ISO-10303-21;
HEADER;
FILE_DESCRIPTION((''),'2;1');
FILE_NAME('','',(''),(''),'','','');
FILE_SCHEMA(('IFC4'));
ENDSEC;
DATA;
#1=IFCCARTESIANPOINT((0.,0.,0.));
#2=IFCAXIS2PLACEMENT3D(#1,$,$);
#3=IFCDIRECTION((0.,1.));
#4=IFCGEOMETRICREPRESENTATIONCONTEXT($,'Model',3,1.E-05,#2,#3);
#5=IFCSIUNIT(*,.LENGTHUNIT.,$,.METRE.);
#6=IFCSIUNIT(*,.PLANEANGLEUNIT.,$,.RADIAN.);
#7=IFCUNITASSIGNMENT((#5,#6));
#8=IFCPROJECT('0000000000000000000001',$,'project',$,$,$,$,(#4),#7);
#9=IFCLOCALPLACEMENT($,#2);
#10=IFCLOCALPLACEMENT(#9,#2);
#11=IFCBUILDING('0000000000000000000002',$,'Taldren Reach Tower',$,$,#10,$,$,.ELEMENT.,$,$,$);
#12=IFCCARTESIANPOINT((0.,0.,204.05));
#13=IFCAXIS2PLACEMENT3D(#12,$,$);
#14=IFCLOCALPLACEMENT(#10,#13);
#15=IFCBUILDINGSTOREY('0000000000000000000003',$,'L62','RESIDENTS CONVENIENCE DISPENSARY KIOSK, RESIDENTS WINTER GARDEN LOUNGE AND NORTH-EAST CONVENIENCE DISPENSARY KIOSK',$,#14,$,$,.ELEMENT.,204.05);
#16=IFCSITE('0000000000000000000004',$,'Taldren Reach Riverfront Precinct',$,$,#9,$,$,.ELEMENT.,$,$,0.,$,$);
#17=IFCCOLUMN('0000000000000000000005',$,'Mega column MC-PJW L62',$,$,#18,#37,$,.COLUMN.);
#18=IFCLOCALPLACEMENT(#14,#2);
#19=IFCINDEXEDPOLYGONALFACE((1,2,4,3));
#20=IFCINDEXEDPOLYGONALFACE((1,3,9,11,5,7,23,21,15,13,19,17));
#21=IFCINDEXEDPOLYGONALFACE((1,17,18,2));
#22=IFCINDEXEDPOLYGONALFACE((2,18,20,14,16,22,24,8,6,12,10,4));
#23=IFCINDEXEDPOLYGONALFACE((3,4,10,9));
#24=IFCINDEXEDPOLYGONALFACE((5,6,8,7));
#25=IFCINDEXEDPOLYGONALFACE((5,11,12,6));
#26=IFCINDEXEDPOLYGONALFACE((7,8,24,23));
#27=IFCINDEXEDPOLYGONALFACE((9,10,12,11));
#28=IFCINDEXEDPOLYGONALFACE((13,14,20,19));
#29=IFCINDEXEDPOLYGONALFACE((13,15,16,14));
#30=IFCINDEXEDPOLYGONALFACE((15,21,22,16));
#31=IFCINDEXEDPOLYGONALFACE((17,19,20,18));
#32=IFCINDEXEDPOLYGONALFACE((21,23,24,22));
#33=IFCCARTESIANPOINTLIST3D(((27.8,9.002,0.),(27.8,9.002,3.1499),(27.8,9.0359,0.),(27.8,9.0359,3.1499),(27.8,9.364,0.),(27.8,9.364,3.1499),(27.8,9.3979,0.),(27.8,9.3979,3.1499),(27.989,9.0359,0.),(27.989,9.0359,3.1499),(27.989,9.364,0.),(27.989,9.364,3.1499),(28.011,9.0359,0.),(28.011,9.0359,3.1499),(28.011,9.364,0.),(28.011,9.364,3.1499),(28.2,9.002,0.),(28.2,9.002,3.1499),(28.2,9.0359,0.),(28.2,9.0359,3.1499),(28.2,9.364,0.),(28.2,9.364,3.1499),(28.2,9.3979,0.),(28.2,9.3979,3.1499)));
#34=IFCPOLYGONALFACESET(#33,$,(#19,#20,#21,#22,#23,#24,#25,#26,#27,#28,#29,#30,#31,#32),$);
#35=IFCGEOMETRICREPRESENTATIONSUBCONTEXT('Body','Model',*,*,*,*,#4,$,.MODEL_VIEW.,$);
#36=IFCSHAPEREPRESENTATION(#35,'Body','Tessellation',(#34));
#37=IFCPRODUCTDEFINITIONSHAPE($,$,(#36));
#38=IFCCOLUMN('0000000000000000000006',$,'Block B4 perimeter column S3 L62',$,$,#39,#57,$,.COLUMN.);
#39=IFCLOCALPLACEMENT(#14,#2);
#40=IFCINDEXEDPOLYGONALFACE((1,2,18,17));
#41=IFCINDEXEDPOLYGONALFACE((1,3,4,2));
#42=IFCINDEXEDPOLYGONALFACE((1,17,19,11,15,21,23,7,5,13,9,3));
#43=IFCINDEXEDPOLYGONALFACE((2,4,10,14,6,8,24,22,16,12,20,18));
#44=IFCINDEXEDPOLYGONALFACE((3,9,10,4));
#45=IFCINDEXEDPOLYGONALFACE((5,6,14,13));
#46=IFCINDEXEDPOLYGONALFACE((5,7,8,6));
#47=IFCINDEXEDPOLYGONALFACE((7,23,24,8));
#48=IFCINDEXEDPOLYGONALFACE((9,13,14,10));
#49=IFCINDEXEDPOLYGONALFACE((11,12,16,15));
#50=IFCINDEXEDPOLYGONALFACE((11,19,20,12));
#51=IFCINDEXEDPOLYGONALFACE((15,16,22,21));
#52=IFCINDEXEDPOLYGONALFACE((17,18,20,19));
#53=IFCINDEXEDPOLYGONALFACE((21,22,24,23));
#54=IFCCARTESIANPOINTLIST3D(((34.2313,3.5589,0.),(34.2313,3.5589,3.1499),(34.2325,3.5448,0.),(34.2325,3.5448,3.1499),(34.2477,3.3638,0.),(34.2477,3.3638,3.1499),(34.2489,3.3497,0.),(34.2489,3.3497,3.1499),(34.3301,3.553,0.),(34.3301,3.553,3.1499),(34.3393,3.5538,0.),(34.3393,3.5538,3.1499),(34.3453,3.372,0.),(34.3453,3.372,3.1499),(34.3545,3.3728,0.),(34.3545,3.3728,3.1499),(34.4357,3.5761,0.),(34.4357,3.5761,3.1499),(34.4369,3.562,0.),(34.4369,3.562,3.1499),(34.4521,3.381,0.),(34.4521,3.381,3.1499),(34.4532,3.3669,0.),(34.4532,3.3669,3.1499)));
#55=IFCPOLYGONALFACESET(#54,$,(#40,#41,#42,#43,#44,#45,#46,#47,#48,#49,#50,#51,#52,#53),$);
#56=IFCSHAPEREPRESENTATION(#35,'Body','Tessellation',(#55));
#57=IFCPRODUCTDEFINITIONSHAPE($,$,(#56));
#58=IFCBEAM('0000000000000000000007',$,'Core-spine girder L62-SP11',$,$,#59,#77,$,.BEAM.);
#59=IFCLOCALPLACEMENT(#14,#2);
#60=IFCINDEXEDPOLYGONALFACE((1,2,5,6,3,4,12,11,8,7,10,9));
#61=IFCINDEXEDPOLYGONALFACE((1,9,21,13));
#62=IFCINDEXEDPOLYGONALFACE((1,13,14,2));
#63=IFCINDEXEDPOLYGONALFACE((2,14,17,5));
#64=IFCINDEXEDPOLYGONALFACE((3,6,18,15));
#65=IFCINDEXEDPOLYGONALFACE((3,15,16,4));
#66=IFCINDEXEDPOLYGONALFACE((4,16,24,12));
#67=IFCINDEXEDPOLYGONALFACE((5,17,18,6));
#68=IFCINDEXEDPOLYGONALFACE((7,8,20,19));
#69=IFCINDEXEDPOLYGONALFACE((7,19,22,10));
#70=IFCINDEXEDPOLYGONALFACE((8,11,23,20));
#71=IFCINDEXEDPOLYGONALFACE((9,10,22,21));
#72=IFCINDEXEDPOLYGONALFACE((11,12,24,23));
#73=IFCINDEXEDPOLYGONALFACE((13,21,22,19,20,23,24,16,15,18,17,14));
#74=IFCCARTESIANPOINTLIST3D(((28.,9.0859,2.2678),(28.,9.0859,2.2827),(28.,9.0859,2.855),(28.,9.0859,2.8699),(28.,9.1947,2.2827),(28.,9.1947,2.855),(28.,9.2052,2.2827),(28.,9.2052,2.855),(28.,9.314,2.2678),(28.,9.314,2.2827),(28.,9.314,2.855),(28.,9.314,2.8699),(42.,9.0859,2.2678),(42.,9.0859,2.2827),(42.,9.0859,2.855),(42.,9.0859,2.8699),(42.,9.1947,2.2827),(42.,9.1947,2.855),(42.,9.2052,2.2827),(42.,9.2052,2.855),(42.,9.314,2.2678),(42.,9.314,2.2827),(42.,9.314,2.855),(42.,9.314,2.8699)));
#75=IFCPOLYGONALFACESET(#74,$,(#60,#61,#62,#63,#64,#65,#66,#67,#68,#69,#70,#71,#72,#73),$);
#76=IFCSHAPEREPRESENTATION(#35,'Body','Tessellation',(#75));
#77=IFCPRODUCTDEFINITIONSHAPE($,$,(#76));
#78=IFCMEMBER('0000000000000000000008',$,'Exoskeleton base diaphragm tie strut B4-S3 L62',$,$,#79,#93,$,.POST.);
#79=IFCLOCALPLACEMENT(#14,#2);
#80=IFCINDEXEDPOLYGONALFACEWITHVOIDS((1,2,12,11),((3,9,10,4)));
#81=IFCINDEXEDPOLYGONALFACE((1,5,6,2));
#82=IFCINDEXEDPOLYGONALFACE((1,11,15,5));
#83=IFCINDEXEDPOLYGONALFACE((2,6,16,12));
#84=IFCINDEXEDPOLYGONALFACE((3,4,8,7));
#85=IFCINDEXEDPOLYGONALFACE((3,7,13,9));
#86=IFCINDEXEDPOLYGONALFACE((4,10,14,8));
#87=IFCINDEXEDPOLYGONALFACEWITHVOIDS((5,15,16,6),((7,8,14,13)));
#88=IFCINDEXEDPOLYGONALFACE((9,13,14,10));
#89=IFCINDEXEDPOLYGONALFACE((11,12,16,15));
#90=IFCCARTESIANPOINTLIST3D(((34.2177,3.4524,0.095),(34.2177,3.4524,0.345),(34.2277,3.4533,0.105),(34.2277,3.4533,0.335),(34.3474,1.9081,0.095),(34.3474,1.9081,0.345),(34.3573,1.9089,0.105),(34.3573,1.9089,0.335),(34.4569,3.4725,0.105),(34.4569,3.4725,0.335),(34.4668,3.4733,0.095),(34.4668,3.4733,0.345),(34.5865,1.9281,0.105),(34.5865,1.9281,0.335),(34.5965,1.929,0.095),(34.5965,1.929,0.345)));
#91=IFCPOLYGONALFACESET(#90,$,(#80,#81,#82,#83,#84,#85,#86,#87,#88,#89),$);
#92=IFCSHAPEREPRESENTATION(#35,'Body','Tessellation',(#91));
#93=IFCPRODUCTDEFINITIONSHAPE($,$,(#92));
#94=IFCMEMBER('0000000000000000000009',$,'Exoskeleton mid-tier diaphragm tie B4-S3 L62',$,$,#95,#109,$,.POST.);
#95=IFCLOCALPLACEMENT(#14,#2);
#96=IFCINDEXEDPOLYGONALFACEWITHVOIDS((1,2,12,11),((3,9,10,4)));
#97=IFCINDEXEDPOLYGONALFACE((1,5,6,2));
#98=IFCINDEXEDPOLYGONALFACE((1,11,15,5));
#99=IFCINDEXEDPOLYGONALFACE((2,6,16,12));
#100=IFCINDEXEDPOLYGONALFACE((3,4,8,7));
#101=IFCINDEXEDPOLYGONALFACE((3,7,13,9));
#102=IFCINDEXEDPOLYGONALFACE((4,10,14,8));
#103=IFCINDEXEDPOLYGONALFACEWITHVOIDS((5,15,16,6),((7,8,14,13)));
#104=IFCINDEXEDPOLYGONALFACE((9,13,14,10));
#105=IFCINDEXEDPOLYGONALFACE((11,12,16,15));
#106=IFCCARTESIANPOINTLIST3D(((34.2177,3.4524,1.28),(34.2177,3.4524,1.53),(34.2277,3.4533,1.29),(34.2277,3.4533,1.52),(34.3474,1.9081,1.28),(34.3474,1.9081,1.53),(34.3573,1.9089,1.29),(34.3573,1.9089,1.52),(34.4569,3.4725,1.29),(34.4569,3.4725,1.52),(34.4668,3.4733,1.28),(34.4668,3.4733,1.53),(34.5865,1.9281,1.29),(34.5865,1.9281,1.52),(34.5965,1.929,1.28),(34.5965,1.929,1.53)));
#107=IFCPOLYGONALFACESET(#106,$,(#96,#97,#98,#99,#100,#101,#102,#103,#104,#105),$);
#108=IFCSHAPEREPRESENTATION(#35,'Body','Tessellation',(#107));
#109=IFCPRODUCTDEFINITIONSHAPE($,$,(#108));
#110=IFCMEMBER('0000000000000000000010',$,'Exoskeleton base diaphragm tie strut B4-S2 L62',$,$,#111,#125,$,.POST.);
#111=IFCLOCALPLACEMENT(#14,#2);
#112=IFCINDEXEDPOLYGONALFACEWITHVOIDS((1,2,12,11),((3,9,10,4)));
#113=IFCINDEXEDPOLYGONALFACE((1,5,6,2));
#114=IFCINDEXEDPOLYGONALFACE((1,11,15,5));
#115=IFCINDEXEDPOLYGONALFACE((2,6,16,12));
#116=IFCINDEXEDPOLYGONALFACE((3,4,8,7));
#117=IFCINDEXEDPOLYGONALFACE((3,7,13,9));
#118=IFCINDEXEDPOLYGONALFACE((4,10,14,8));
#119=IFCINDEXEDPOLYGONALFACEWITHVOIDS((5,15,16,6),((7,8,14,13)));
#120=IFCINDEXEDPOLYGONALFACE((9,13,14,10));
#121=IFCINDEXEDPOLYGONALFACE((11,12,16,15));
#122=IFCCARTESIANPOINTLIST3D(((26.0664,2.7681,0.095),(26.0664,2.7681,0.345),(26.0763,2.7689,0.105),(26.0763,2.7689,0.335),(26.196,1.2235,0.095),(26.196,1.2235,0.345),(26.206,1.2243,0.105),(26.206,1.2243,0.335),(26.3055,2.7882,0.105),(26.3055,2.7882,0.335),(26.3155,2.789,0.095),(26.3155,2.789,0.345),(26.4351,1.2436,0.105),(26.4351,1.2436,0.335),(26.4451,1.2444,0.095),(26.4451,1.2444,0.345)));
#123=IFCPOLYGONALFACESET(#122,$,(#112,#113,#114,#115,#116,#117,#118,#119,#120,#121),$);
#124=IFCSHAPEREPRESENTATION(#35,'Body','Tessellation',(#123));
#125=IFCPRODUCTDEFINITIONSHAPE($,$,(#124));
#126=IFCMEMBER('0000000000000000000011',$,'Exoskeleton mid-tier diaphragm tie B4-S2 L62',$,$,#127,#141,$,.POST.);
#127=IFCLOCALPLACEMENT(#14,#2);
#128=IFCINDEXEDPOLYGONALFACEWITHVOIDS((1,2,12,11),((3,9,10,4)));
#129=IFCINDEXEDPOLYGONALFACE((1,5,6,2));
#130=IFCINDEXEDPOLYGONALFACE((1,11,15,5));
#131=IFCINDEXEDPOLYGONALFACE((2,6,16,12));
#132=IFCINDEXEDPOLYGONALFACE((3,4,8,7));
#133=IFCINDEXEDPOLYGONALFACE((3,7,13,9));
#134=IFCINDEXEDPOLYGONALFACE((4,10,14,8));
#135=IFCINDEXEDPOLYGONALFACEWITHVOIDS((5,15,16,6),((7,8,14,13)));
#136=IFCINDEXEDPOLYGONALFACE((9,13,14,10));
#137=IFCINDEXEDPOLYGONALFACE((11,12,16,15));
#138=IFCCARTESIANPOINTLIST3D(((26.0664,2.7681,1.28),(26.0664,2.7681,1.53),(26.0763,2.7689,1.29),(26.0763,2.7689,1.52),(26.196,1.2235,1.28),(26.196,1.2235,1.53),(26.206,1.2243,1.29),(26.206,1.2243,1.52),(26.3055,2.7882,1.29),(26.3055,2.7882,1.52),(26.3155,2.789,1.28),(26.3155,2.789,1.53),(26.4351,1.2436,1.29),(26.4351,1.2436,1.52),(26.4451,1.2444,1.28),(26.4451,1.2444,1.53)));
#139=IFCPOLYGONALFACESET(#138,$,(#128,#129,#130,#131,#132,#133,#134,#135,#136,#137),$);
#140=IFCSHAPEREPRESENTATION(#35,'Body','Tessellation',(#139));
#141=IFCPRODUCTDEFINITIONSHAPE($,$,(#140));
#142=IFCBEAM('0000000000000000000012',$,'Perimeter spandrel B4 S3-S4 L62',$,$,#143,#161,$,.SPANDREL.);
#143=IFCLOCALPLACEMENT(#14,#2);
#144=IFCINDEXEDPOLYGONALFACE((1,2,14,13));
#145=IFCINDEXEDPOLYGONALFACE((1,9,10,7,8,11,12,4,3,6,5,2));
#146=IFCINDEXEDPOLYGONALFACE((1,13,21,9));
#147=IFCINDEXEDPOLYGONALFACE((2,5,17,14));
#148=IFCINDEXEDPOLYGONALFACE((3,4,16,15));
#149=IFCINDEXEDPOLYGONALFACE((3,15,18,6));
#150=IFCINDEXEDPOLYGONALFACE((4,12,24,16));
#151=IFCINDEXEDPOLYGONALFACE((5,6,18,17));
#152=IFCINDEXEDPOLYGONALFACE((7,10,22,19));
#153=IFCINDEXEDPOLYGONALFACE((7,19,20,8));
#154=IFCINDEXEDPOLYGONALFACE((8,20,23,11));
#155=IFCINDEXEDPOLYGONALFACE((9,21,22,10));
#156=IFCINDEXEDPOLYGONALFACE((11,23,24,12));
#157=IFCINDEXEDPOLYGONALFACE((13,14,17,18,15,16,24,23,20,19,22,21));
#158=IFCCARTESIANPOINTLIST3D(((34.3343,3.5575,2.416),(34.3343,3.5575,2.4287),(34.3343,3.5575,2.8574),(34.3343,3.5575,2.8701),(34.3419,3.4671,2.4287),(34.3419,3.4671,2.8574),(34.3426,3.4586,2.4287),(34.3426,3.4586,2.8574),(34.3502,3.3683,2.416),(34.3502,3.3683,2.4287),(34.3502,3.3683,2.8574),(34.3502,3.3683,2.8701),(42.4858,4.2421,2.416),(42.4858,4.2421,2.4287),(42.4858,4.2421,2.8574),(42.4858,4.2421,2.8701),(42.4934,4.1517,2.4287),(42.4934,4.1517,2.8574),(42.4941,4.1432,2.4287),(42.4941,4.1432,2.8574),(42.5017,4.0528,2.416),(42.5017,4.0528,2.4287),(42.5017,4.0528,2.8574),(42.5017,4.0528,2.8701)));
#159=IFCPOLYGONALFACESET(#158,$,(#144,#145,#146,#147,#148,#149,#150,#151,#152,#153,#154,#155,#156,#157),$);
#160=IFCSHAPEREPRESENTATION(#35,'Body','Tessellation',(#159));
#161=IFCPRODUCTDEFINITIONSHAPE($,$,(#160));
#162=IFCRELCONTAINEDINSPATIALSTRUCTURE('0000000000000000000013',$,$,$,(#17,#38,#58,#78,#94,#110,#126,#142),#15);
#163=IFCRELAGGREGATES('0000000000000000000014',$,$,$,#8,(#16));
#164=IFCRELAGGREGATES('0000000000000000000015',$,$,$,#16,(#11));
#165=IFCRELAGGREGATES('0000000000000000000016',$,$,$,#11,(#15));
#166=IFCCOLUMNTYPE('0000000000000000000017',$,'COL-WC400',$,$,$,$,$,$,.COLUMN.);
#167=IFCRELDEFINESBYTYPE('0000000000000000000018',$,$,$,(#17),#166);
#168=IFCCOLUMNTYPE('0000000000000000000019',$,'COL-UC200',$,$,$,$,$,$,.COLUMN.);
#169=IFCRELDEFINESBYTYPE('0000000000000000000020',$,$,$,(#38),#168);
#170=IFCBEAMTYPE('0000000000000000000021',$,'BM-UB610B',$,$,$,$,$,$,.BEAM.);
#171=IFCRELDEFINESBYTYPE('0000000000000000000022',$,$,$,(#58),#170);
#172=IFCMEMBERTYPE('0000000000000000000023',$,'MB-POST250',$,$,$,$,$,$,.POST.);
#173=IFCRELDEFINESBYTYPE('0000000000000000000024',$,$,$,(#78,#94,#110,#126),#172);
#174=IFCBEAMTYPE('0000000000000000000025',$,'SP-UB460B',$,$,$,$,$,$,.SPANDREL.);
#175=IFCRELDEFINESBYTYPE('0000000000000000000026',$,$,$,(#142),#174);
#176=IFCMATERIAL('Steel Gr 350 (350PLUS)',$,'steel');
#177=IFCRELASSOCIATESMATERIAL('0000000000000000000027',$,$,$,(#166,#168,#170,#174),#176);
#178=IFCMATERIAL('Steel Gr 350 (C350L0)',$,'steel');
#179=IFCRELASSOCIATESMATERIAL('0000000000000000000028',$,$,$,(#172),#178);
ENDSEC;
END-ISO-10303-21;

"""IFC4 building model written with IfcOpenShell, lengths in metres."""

from ifc_helpers import new_model, si_unit, direction, frame, origin, origin_2d, place, context, subcontext, project, spatial, hollow_rectangle, i_section, extrude, source, transform, mapped, material, material_profile, profile_set, type_object, element, save


model = new_model("IFC4")

# Units and contexts
model_context = context("Model", 3, precision=1e-05, world=origin(), true_north=direction((0.0, 1.0)))
body_context = subcontext(model_context, "Body", "Model", "MODEL_VIEW")
ifc_project = project(units=[si_unit("LENGTHUNIT", "METRE"), si_unit("PLANEANGLEUNIT", "RADIAN")], contexts=[model_context])

# Site, building, storey
site_placement = place(None, origin())
site = spatial("IfcSite", under=ifc_project, at=site_placement, Name="Taldren Reach Riverfront Precinct", CompositionType="ELEMENT", RefElevation=0.0)
building_placement = place(site_placement, origin())
building = spatial("IfcBuilding", under=site, at=building_placement, Name="Taldren Reach Tower", CompositionType="ELEMENT")
storey_placement = place(building_placement, frame((0.0, 0.0, 204.05)))
storey = spatial("IfcBuildingStorey", under=building, at=storey_placement, Name="L62", Description="RESIDENTS CONVENIENCE DISPENSARY KIOSK, RESIDENTS WINTER GARDEN LOUNGE AND NORTH-EAST CONVENIENCE DISPENSARY KIOSK", CompositionType="ELEMENT", Elevation=204.05)

# Columns
ifc_material_1 = material(Name="Steel Gr 350 (350PLUS)", Category="steel")
ifc_material_profile_1 = material_profile(ifc_material_1, i_section(OverallWidth=0.3999, OverallDepth=0.396, WebThickness=0.022, FlangeThickness=0.0339, at=origin_2d()), Name="400WC270")
ifc_profile_set_1 = profile_set([ifc_material_profile_1], Name="Steel Gr 350 (350PLUS)")
column_type_1 = type_object("IfcColumnType", Name="COL-WC400", PredefinedType="COLUMN", material=ifc_profile_set_1)
shared_shape_1 = source(origin(), body_context, "Body", "SweptSolid", [
    extrude(i_section(OverallWidth=0.3999, OverallDepth=0.396, WebThickness=0.022, FlangeThickness=0.0339, at=origin_2d()), origin(), (0.0, 0.0, 1.0), 3.1499),
])
column_1_placement = place(storey_placement, frame((28.0, 9.2, 0.0), z_axis=(0.0, 0.0, 1.0), x_axis=(1.0, 0.0, 0.0)))
element("IfcColumn", 1, at=column_1_placement, inside=storey, type_object=column_type_1, Name="Mega column MC-PJW L62", PredefinedType="COLUMN", context=body_context, shape_type="MappedRepresentation", body=[
    mapped(shared_shape_1, transform((0.0, 0.0, 0.0), scale=1.0)),
])
ifc_material_profile_2 = material_profile(ifc_material_1, i_section(OverallWidth=0.2051, OverallDepth=0.21, WebThickness=0.0093, FlangeThickness=0.0142, at=origin_2d()), Name="200UC59.5")
ifc_profile_set_2 = profile_set([ifc_material_profile_2], Name="Steel Gr 350 (350PLUS)")
column_type_2 = type_object("IfcColumnType", Name="COL-UC200", PredefinedType="COLUMN", material=ifc_profile_set_2)
shared_shape_2 = source(origin(), body_context, "Body", "SweptSolid", [
    extrude(i_section(OverallWidth=0.2051, OverallDepth=0.21, WebThickness=0.0093, FlangeThickness=0.0142, at=origin_2d()), origin(), (0.0, 0.0, 1.0), 3.1499),
])
column_2_placement = place(storey_placement, frame((34.3423, 3.4629, 0.0), z_axis=(0.0, 0.0, 1.0), x_axis=(0.996493, 0.083678, 0.0)))
element("IfcColumn", 2, at=column_2_placement, inside=storey, type_object=column_type_2, Name="Block B4 perimeter column S3 L62", PredefinedType="COLUMN", context=body_context, shape_type="MappedRepresentation", body=[
    mapped(shared_shape_2, transform((0.0, 0.0, 0.0), scale=1.0)),
])

# Beam
ifc_material_profile_3 = material_profile(ifc_material_1, i_section(OverallWidth=0.228, OverallDepth=0.6021, WebThickness=0.0105, FlangeThickness=0.0149, at=origin_2d()), Name="610UB101")
ifc_profile_set_3 = profile_set([ifc_material_profile_3], Name="Steel Gr 350 (350PLUS)")
beam_type_1 = type_object("IfcBeamType", Name="BM-UB610B", PredefinedType="BEAM", material=ifc_profile_set_3)
shared_shape_3 = source(origin(), body_context, "Body", "SweptSolid", [
    extrude(i_section(OverallWidth=0.228, OverallDepth=0.6021, WebThickness=0.0105, FlangeThickness=0.0149, at=origin_2d()), origin(), (0.0, 0.0, 1.0), 14.0),
])
beam_1_placement = place(storey_placement, frame((28.0, 9.2, 2.5688), z_axis=(1.0, 0.0, 0.0), x_axis=(0.0, 1.0, 0.0)))
element("IfcBeam", 3, at=beam_1_placement, inside=storey, type_object=beam_type_1, Name="Core-spine girder L62-SP11", PredefinedType="BEAM", context=body_context, shape_type="MappedRepresentation", body=[
    mapped(shared_shape_3, transform((0.0, 0.0, 0.0), scale=1.0)),
])

# Members
ifc_material_2 = material(Name="Steel Gr 350 (C350L0)", Category="steel")
ifc_material_profile_4 = material_profile(ifc_material_2, hollow_rectangle(XDim=0.25, YDim=0.25, WallThickness=0.01, at=origin_2d()), Name="250x250x10.0SHS")
ifc_profile_set_4 = profile_set([ifc_material_profile_4], Name="Steel Gr 350 (C350L0)")
member_type_1 = type_object("IfcMemberType", Name="MB-POST250", PredefinedType="POST", material=ifc_profile_set_4)
shared_shape_4 = source(origin(), body_context, "Body", "SweptSolid", [
    extrude(hollow_rectangle(XDim=0.25, YDim=0.25, WallThickness=0.01, at=origin_2d()), origin(), (0.0, 0.0, 1.0), 1.5498),
])
for number, where, z_axis, x_axis, name in (
    (4, (34.3423, 3.4629, 0.22), (0.083645, -0.996496, 0.0), (0.996496, 0.083645, 0.0), "Exoskeleton base diaphragm tie strut B4-S3 L62"),
    (5, (34.3423, 3.4629, 1.405), (0.083645, -0.996496, 0.0), (0.996496, 0.083645, 0.0), "Exoskeleton mid-tier diaphragm tie B4-S3 L62"),
):
    element("IfcMember", number, at=place(storey_placement, frame(where, z_axis=z_axis, x_axis=x_axis)), inside=storey, type_object=member_type_1, Name=name, PredefinedType="POST", context=body_context, shape_type="MappedRepresentation", body=[
        mapped(shared_shape_4, transform((0.0, 0.0, 0.0), scale=1.0)),
    ])
shared_shape_5 = source(origin(), body_context, "Body", "SweptSolid", [
    extrude(hollow_rectangle(XDim=0.25, YDim=0.25, WallThickness=0.01, at=origin_2d()), origin(), (0.0, 0.0, 1.0), 1.55),
])
for number, where, z_axis, x_axis, name in (
    (6, (26.1909, 2.7786, 0.22), (0.083632, -0.996497, 0.0), (0.996497, 0.083632, 0.0), "Exoskeleton base diaphragm tie strut B4-S2 L62"),
    (7, (26.1909, 2.7786, 1.405), (0.083632, -0.996497, 0.0), (0.996497, 0.083632, 0.0), "Exoskeleton mid-tier diaphragm tie B4-S2 L62"),
):
    element("IfcMember", number, at=place(storey_placement, frame(where, z_axis=z_axis, x_axis=x_axis)), inside=storey, type_object=member_type_1, Name=name, PredefinedType="POST", context=body_context, shape_type="MappedRepresentation", body=[
        mapped(shared_shape_5, transform((0.0, 0.0, 0.0), scale=1.0)),
    ])

# Beam
ifc_material_profile_5 = material_profile(ifc_material_1, i_section(OverallWidth=0.1899, OverallDepth=0.4541, WebThickness=0.0085, FlangeThickness=0.0127, at=origin_2d()), Name="460UB67.1")
ifc_profile_set_5 = profile_set([ifc_material_profile_5], Name="Steel Gr 350 (350PLUS)")
beam_type_2 = type_object("IfcBeamType", Name="SP-UB460B", PredefinedType="SPANDREL", material=ifc_profile_set_5)
shared_shape_6 = source(origin(), body_context, "Body", "SweptSolid", [
    extrude(i_section(OverallWidth=0.1899, OverallDepth=0.4541, WebThickness=0.0085, FlangeThickness=0.0127, at=origin_2d()), origin(), (0.0, 0.0, 1.0), 8.1802),
])
beam_2_placement = place(storey_placement, frame((34.3423, 3.4629, 2.6431), z_axis=(0.996492, 0.083688, 0.0), x_axis=(-0.083688, 0.996492, 0.0)))
element("IfcBeam", 8, at=beam_2_placement, inside=storey, type_object=beam_type_2, Name="Perimeter spandrel B4 S3-S4 L62", PredefinedType="SPANDREL", context=body_context, shape_type="MappedRepresentation", body=[
    mapped(shared_shape_6, transform((0.0, 0.0, 0.0), scale=1.0)),
])

save(model, "model.ifc")
